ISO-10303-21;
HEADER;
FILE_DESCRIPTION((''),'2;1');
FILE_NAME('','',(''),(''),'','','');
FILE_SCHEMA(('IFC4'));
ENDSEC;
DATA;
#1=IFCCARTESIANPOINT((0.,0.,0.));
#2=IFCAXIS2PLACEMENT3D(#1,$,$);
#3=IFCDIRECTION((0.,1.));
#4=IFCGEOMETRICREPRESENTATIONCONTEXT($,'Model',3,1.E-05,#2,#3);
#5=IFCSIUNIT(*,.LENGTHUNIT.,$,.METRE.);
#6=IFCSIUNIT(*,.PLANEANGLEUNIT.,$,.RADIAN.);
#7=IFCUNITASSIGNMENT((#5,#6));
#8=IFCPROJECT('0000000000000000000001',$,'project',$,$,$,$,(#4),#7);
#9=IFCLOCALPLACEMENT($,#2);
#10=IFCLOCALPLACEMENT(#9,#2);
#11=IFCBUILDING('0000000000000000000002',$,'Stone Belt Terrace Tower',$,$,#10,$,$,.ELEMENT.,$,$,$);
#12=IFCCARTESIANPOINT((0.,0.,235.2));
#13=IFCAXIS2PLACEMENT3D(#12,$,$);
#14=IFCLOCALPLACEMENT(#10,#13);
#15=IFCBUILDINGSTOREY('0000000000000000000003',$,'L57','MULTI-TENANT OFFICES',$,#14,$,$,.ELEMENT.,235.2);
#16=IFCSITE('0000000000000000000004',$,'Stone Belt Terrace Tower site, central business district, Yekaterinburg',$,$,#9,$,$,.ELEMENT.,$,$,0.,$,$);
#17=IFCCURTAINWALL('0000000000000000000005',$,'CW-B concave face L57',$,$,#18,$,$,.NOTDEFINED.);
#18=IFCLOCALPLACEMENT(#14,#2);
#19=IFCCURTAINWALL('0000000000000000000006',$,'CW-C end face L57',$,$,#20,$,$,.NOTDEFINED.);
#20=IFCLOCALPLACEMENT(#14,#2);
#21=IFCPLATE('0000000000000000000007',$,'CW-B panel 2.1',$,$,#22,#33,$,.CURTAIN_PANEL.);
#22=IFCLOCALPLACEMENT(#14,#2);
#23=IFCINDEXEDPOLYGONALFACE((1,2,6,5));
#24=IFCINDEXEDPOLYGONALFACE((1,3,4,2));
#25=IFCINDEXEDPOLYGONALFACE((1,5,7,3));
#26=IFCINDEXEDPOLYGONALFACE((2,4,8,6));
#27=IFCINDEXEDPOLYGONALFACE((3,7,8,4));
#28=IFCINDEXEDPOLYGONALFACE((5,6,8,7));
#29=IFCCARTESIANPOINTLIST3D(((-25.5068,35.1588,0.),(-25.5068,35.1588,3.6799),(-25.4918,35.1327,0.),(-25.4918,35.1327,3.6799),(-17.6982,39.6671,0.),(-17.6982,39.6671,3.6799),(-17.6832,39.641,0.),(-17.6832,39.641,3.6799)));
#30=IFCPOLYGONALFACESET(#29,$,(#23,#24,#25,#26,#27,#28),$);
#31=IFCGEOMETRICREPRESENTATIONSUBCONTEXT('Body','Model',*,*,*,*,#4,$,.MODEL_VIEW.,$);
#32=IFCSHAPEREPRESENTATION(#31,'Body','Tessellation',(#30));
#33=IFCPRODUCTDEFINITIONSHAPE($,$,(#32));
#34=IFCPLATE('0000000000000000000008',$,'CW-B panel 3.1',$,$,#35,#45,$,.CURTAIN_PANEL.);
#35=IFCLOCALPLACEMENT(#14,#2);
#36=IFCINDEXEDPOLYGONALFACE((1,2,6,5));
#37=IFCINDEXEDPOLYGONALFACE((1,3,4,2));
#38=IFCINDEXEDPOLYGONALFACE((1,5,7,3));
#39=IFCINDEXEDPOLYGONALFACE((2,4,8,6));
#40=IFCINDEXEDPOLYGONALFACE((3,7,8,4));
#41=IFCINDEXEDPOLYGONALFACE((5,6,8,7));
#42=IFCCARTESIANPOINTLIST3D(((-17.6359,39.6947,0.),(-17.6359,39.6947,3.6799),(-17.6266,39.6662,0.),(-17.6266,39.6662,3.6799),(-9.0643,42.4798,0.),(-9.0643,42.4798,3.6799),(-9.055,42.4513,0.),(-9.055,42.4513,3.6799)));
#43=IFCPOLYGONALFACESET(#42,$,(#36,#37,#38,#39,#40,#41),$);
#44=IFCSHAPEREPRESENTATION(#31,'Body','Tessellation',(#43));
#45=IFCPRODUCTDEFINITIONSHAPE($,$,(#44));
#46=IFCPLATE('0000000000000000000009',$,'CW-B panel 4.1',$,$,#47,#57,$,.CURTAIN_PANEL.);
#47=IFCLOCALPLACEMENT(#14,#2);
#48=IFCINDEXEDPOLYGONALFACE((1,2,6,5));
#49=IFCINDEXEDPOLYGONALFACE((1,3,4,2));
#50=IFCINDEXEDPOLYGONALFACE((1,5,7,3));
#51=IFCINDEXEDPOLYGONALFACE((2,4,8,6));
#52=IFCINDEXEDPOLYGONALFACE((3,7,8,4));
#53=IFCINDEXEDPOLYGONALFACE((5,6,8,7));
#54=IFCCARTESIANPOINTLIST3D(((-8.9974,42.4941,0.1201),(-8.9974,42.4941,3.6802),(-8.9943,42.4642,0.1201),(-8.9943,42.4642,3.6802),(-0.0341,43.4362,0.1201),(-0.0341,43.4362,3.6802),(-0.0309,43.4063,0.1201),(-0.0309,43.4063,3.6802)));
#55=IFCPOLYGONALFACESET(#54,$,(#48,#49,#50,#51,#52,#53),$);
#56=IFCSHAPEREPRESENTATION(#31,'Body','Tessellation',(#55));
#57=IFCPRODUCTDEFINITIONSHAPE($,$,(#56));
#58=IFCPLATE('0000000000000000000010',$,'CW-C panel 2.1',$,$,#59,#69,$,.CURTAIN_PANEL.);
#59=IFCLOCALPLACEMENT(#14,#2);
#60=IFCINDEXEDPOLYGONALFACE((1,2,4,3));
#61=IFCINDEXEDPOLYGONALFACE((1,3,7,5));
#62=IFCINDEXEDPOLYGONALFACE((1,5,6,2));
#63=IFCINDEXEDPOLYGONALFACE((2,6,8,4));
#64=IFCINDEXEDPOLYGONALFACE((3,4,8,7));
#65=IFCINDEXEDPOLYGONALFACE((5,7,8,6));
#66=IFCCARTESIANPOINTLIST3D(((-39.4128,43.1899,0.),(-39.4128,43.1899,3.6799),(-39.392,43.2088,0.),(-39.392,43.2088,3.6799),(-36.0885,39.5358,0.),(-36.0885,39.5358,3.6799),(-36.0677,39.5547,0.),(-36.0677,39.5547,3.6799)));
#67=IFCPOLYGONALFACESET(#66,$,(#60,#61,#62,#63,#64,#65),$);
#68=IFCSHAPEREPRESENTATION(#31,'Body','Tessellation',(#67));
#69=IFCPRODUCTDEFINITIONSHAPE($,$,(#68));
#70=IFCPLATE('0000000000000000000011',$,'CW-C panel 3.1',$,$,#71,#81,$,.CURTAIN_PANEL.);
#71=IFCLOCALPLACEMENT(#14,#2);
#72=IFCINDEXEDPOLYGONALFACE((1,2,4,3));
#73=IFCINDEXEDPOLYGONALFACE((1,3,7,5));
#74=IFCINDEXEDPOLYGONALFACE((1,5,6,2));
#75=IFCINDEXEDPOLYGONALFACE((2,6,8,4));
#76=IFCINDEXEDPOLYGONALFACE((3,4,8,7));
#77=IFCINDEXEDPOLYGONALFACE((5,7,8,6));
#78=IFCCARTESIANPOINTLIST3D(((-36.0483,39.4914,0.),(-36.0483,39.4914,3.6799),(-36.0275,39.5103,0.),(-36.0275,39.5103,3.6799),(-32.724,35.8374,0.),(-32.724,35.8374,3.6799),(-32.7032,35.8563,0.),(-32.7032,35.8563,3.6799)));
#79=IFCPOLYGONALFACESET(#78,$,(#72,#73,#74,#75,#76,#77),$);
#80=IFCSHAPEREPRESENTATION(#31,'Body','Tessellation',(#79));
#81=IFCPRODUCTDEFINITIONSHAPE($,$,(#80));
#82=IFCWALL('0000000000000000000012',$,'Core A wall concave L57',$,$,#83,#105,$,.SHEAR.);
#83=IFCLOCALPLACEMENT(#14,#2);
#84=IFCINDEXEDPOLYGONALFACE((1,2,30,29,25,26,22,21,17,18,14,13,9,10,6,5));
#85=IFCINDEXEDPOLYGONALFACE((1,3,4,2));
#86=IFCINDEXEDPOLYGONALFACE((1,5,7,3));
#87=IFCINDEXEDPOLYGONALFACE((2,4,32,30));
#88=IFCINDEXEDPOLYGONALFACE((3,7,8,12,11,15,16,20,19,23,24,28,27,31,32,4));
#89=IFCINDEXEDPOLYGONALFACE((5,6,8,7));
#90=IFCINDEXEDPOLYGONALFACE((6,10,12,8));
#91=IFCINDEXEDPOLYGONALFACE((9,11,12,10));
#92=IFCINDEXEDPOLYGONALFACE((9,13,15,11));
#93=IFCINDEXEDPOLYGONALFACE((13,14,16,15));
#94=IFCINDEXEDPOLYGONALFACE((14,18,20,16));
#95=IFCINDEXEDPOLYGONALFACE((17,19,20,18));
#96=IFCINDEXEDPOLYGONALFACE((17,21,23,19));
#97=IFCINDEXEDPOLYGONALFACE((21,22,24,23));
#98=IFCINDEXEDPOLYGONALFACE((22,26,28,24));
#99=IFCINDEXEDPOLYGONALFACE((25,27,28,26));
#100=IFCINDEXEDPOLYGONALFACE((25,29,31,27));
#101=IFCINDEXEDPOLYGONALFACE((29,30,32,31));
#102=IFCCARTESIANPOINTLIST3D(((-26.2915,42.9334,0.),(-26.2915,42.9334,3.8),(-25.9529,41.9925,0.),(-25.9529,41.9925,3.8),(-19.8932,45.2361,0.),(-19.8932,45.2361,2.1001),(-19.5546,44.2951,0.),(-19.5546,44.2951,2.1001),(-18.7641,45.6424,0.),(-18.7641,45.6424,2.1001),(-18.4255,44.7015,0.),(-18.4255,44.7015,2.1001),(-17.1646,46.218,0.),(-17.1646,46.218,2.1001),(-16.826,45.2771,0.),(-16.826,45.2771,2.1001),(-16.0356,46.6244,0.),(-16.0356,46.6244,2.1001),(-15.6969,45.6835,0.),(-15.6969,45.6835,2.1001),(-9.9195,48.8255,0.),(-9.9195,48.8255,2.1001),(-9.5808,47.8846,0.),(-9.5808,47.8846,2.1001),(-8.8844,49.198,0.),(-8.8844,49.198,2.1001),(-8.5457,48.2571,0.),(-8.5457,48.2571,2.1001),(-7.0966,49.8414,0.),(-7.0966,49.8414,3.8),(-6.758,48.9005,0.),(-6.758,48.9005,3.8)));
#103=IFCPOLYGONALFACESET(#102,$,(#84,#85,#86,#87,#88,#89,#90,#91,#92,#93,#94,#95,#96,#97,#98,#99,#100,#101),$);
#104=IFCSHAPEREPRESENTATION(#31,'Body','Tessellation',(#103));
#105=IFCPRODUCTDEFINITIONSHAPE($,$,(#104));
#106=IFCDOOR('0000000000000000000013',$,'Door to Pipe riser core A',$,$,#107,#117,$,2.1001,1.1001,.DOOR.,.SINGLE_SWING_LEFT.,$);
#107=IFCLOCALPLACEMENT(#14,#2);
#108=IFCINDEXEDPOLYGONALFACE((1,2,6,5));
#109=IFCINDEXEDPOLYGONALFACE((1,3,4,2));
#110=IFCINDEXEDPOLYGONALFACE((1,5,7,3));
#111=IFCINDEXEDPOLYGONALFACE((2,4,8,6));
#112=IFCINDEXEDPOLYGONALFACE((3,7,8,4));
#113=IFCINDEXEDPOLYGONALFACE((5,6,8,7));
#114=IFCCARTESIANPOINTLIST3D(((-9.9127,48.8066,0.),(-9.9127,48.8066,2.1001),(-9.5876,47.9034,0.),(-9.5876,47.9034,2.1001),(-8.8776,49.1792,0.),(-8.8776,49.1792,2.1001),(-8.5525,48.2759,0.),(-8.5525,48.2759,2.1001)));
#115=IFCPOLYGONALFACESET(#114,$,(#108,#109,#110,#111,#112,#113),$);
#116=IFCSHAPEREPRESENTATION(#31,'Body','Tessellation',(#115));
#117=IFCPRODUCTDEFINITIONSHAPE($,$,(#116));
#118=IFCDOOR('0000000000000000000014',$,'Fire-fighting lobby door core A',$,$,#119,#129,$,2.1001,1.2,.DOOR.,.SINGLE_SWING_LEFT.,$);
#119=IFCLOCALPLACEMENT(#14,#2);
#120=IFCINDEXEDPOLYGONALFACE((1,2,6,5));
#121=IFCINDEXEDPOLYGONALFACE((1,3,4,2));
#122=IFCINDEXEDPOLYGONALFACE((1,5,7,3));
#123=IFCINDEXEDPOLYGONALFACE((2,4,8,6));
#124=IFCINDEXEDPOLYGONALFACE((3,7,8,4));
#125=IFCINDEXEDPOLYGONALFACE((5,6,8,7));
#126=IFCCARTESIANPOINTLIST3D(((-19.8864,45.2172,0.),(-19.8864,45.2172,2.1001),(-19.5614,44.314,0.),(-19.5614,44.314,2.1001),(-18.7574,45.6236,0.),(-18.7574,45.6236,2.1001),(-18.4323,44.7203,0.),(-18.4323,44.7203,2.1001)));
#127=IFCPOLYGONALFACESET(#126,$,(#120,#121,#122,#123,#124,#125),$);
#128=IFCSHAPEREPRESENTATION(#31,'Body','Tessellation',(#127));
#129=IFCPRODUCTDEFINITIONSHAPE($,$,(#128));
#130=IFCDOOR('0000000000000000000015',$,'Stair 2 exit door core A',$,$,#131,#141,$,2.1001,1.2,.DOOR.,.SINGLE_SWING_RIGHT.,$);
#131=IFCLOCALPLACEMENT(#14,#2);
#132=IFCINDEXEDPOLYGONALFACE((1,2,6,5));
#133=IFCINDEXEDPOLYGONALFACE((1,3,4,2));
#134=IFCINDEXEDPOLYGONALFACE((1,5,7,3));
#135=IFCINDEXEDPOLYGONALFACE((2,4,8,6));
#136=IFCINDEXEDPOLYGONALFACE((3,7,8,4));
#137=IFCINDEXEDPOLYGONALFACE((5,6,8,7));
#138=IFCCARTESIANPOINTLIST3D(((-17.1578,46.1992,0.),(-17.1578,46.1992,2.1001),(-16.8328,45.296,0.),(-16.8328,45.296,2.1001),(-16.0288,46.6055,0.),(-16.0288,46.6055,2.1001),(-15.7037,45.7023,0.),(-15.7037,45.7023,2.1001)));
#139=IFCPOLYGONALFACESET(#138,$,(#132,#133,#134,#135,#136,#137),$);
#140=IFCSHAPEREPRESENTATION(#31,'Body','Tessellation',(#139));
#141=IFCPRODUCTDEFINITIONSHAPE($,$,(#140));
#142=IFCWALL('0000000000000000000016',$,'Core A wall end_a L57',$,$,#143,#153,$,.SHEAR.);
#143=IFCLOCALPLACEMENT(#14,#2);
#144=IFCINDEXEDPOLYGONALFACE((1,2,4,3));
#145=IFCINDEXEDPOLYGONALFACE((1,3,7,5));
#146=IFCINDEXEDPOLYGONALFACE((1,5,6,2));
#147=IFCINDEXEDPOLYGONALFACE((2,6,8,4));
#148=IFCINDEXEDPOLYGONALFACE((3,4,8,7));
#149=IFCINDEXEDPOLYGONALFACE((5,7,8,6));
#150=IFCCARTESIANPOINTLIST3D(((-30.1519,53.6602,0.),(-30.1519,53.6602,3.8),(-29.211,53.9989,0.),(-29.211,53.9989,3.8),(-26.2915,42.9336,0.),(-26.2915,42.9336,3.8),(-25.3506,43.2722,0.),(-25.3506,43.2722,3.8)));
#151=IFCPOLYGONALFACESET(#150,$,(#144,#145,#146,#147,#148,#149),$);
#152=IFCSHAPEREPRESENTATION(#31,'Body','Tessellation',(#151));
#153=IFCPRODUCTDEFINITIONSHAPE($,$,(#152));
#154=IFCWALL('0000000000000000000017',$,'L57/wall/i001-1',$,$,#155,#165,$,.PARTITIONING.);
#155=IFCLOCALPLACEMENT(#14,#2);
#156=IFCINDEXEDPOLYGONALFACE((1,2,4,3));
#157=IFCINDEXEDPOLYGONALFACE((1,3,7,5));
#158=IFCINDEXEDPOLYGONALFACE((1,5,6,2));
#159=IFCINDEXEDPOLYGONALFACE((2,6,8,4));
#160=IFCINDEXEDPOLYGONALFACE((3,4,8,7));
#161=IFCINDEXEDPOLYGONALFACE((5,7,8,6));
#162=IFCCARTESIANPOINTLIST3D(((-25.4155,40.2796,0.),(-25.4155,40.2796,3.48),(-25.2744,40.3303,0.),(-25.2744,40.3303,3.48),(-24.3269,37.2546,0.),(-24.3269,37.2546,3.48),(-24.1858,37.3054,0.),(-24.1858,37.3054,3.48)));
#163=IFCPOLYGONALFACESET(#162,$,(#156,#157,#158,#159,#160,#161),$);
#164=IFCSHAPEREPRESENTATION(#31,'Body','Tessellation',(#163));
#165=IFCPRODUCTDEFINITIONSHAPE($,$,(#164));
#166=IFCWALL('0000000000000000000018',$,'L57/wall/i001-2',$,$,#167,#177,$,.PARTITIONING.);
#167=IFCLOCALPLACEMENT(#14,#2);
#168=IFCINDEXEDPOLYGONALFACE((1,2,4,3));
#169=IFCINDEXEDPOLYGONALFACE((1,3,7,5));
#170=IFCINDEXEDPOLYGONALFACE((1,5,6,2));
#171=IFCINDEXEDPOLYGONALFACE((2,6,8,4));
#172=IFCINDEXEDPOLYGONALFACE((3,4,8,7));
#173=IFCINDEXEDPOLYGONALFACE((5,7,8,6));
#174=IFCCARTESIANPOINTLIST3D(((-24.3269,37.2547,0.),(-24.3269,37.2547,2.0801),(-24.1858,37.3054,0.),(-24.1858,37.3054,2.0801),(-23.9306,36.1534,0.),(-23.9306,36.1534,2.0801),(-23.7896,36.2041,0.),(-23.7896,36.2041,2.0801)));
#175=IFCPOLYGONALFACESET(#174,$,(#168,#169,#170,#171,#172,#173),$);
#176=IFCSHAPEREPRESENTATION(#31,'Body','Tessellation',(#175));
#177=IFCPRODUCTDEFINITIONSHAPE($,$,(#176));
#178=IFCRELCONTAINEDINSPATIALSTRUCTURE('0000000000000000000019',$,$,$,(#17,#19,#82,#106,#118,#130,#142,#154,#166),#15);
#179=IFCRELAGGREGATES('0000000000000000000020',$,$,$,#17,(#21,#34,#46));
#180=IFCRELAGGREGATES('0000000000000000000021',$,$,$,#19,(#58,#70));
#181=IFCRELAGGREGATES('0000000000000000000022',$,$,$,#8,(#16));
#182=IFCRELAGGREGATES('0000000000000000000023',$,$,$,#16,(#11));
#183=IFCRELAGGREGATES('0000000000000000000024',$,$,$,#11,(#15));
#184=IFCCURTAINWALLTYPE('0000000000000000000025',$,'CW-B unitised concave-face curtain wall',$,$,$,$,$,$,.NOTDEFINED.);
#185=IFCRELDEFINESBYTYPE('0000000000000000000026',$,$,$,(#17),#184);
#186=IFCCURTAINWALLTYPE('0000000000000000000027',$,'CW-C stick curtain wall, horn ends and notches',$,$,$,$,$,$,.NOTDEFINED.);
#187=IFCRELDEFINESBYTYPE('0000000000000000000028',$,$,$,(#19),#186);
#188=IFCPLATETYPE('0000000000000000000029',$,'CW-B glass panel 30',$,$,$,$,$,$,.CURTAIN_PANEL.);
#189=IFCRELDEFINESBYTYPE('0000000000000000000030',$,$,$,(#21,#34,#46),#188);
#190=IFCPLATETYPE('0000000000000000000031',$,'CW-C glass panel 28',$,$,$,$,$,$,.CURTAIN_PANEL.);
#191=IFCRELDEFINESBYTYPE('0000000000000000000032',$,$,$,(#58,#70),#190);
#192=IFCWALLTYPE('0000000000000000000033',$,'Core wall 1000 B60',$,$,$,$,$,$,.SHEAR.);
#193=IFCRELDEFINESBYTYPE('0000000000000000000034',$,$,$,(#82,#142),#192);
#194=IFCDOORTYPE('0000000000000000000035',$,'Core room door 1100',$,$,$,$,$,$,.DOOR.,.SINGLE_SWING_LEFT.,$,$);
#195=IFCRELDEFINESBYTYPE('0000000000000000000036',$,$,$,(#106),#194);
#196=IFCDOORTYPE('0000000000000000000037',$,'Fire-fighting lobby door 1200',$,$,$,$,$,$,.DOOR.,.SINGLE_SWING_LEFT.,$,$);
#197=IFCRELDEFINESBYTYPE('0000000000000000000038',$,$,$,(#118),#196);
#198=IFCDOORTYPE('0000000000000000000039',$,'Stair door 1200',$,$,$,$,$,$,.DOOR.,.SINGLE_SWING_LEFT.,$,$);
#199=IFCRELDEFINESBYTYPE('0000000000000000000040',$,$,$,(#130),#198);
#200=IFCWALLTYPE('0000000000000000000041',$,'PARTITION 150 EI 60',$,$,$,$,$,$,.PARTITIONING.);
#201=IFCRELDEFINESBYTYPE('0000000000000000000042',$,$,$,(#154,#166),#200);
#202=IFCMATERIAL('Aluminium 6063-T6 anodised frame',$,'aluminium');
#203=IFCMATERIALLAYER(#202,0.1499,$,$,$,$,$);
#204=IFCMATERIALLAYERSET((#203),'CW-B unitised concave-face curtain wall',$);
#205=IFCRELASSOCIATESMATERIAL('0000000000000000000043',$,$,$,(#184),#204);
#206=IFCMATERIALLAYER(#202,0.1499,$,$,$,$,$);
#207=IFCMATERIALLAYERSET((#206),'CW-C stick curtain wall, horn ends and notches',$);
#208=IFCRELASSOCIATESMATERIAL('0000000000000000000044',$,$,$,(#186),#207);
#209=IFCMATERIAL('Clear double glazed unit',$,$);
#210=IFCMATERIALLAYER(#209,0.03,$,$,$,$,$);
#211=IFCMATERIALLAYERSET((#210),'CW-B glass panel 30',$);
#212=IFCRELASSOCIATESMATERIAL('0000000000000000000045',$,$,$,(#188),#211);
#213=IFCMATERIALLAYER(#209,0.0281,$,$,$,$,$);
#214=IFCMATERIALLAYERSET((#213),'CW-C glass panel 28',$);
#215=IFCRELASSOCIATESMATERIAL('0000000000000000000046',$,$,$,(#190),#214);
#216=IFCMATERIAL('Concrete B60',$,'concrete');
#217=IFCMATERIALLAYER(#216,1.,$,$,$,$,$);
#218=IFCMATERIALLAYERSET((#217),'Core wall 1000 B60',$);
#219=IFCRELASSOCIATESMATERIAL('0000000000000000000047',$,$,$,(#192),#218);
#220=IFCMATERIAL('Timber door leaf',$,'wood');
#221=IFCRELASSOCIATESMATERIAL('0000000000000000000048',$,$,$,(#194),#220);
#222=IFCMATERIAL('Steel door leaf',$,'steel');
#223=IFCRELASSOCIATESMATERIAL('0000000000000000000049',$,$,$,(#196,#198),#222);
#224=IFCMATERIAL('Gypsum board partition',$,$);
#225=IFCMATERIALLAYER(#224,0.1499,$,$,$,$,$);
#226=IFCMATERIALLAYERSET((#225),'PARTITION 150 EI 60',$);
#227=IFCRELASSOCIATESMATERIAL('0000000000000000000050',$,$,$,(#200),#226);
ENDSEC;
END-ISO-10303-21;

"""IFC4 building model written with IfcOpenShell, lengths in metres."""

from ifc_helpers import new_model, si_unit, direction, frame, frame_2d, origin, origin_2d, place, context, subcontext, project, spatial, rectangle, extrude, material, layer, layer_set, type_object, element, fill, aggregate, save


model = new_model("IFC4")

# Units and contexts
model_context = context("Model", 3, precision=1e-05, world=origin(), true_north=direction((0.0, 1.0)))
body_context = subcontext(model_context, "Body", "Model", "MODEL_VIEW")
ifc_project = project(units=[si_unit("LENGTHUNIT", "METRE"), si_unit("PLANEANGLEUNIT", "RADIAN")], contexts=[model_context])

# Site, building, storey
site_placement = place(None, origin())
site = spatial("IfcSite", under=ifc_project, at=site_placement, Name="Stone Belt Terrace Tower site, central business district, Yekaterinburg", CompositionType="ELEMENT", RefElevation=0.0)
building_placement = place(site_placement, origin())
building = spatial("IfcBuilding", under=site, at=building_placement, Name="Stone Belt Terrace Tower", CompositionType="ELEMENT")
storey_placement = place(building_placement, frame((0.0, 0.0, 235.2)))
storey = spatial("IfcBuildingStorey", under=building, at=storey_placement, Name="L57", Description="MULTI-TENANT OFFICES", CompositionType="ELEMENT", Elevation=235.2)

# Shared definitions
ifc_material_1 = material(Name="Concrete B60", Category="concrete")

# Curtain walls
ifc_material_2 = material(Name="Aluminium 6063-T6 anodised frame", Category="aluminium")
ifc_layer_1 = layer(ifc_material_2, 0.1499)
ifc_layer_set_1 = layer_set([ifc_layer_1], Name="CW-B unitised concave-face curtain wall")
curtain_wall_type_1 = type_object("IfcCurtainWallType", Name="CW-B unitised concave-face curtain wall", PredefinedType="NOTDEFINED", material=ifc_layer_set_1)
curtain_wall_1_placement = place(storey_placement, origin())
curtain_wall_1 = element("IfcCurtainWall", 1, at=curtain_wall_1_placement, inside=storey, type_object=curtain_wall_type_1, Name="CW-B concave face L57", PredefinedType="NOTDEFINED")
ifc_layer_2 = layer(ifc_material_2, 0.1499)
ifc_layer_set_2 = layer_set([ifc_layer_2], Name="CW-C stick curtain wall, horn ends and notches")
curtain_wall_type_2 = type_object("IfcCurtainWallType", Name="CW-C stick curtain wall, horn ends and notches", PredefinedType="NOTDEFINED", material=ifc_layer_set_2)
curtain_wall_2_placement = place(storey_placement, origin())
curtain_wall_2 = element("IfcCurtainWall", 2, at=curtain_wall_2_placement, inside=storey, type_object=curtain_wall_type_2, Name="CW-C end face L57", PredefinedType="NOTDEFINED")

# Plates
ifc_material_3 = material(Name="Clear double glazed unit")
ifc_layer_3 = layer(ifc_material_3, 0.03)
ifc_layer_set_3 = layer_set([ifc_layer_3], Name="CW-B glass panel 30")
plate_type_1 = type_object("IfcPlateType", Name="CW-B glass panel 30", PredefinedType="CURTAIN_PANEL", material=ifc_layer_set_3)
plate_1_placement = place(storey_placement, frame((-21.595, 37.3999, 0.0), z_axis=(0.0, 0.0, 1.0), x_axis=(0.866025, 0.5, 0.0)))
plate_1 = element("IfcPlate", 3, at=plate_1_placement, type_object=plate_type_1, Name="CW-B panel 2.1", PredefinedType="CURTAIN_PANEL", context=body_context, shape_type="SweptSolid", body=[
    extrude(rectangle(XDim=9.0166, YDim=0.03, at=origin_2d()), origin(), (0.0, 0.0, 1.0), 3.6799),
])
plate_2_placement = place(storey_placement, frame((-13.3455, 41.073, 0.0), z_axis=(0.0, 0.0, 1.0), x_axis=(0.951057, 0.309017, 0.0)))
plate_2 = element("IfcPlate", 4, at=plate_2_placement, type_object=plate_type_1, Name="CW-B panel 3.1", PredefinedType="CURTAIN_PANEL", context=body_context, shape_type="SweptSolid", body=[
    extrude(rectangle(XDim=9.0127, YDim=0.03, at=origin_2d()), origin(), (0.0, 0.0, 1.0), 3.6799),
])
plate_3_placement = place(storey_placement, frame((-4.5142, 42.9502, 0.1201), z_axis=(0.0, 0.0, 1.0), x_axis=(0.994522, 0.104528, 0.0)))
plate_3 = element("IfcPlate", 5, at=plate_3_placement, type_object=plate_type_1, Name="CW-B panel 4.1", PredefinedType="CURTAIN_PANEL", context=body_context, shape_type="SweptSolid", body=[
    extrude(rectangle(XDim=9.0127, YDim=0.03, at=origin_2d()), origin(), (0.0, 0.0, 1.0), 3.5601),
])
aggregate(curtain_wall_1, [plate_1, plate_2, plate_3])
ifc_layer_4 = layer(ifc_material_3, 0.0281)
ifc_layer_set_4 = layer_set([ifc_layer_4], Name="CW-C glass panel 28")
plate_type_2 = type_object("IfcPlateType", Name="CW-C glass panel 28", PredefinedType="CURTAIN_PANEL", material=ifc_layer_set_4)
plate_4_placement = place(storey_placement, frame((-37.7402, 41.3723, 0.0), z_axis=(0.0, 0.0, 1.0), x_axis=(0.672944, -0.739693, 0.0)))
plate_4 = element("IfcPlate", 6, at=plate_4_placement, type_object=plate_type_2, Name="CW-C panel 2.1", PredefinedType="CURTAIN_PANEL", context=body_context, shape_type="SweptSolid", body=[
    extrude(rectangle(XDim=4.9399, YDim=0.0281, at=origin_2d()), origin(), (0.0, 0.0, 1.0), 3.6799),
])
plate_5_placement = place(storey_placement, frame((-34.3757, 37.6738, 0.0), z_axis=(0.0, 0.0, 1.0), x_axis=(0.672944, -0.739693, 0.0)))
plate_5 = element("IfcPlate", 7, at=plate_5_placement, type_object=plate_type_2, Name="CW-C panel 3.1", PredefinedType="CURTAIN_PANEL", context=body_context, shape_type="SweptSolid", body=[
    extrude(rectangle(XDim=4.9399, YDim=0.0281, at=origin_2d()), origin(), (0.0, 0.0, 1.0), 3.6799),
])
aggregate(curtain_wall_2, [plate_4, plate_5])

# Wall, openings, doors
ifc_layer_5 = layer(ifc_material_1, 1.0)
ifc_layer_set_5 = layer_set([ifc_layer_5], Name="Core wall 1000 B60")
wall_type_1 = type_object("IfcWallType", Name="Core wall 1000 B60", PredefinedType="SHEAR", material=ifc_layer_set_5)
wall_1_placement = place(storey_placement, frame((-26.1223, 42.4629, 0.0), z_axis=(0.0, 0.0, 1.0), x_axis=(0.940921, 0.338625, 0.0)))
wall_1 = element("IfcWall", 8, at=wall_1_placement, inside=storey, type_object=wall_type_1, Name="Core A wall concave L57", PredefinedType="SHEAR", context=body_context, shape_type="SweptSolid", body=[
    extrude(rectangle(XDim=20.4001, YDim=1.0, at=frame_2d((10.2002, 0.0))), origin(), (0.0, 0.0, 1.0), 3.8),
])
opening_1_placement = place(wall_1_placement, frame((6.8, 0.0, 0.0)))
opening_1 = element("IfcOpeningElement", 9, at=opening_1_placement, cuts=wall_1, PredefinedType="OPENING", context=body_context, shape_type="SweptSolid", body=[
    extrude(rectangle(XDim=1.2, YDim=2.1001, at=frame_2d((0.6001, 1.05))), frame((0.0, 0.51, 0.0), z_axis=(0.0, -1.0, 0.0), x_axis=(1.0, 0.0, 0.0)), (0.0, 0.0, 1.0), 1.02),
])
opening_2_placement = place(wall_1_placement, frame((9.7, 0.0, 0.0)))
opening_2 = element("IfcOpeningElement", 10, at=opening_2_placement, cuts=wall_1, PredefinedType="OPENING", context=body_context, shape_type="SweptSolid", body=[
    extrude(rectangle(XDim=1.2, YDim=2.1001, at=frame_2d((0.6001, 1.05))), frame((0.0, 0.51, 0.0), z_axis=(0.0, -1.0, 0.0), x_axis=(1.0, 0.0, 0.0)), (0.0, 0.0, 1.0), 1.02),
])
opening_3_placement = place(wall_1_placement, frame((17.4001, 0.0, 0.0)))
opening_3 = element("IfcOpeningElement", 11, at=opening_3_placement, cuts=wall_1, PredefinedType="OPENING", context=body_context, shape_type="SweptSolid", body=[
    extrude(rectangle(XDim=1.1001, YDim=2.1001, at=frame_2d((0.55, 1.05))), frame((0.0, 0.51, 0.0), z_axis=(0.0, -1.0, 0.0), x_axis=(1.0, 0.0, 0.0)), (0.0, 0.0, 1.0), 1.02),
])
ifc_material_4 = material(Name="Timber door leaf", Category="wood")
door_type_1 = type_object("IfcDoorType", Name="Core room door 1100", OperationType="SINGLE_SWING_LEFT", PredefinedType="DOOR", material=ifc_material_4)
door_1_placement = place(opening_3_placement, origin())
door_1 = element("IfcDoor", 12, at=door_1_placement, inside=storey, type_object=door_type_1, Name="Door to Pipe riser core A", OperationType="SINGLE_SWING_LEFT", OverallHeight=2.1001, OverallWidth=1.1001, PredefinedType="DOOR", context=body_context, shape_type="SweptSolid", body=[
    extrude(rectangle(XDim=1.1001, YDim=2.1001, at=frame_2d((0.55, 1.05))), frame((0.0, 0.48, 0.0), z_axis=(0.0, -1.0, 0.0), x_axis=(1.0, 0.0, 0.0)), (0.0, 0.0, 1.0), 0.96),
])
fill(opening_3, door_1)
ifc_material_5 = material(Name="Steel door leaf", Category="steel")
door_type_2 = type_object("IfcDoorType", Name="Fire-fighting lobby door 1200", OperationType="SINGLE_SWING_LEFT", PredefinedType="DOOR", material=ifc_material_5)
door_2_placement = place(opening_1_placement, origin())
door_2 = element("IfcDoor", 13, at=door_2_placement, inside=storey, type_object=door_type_2, Name="Fire-fighting lobby door core A", OperationType="SINGLE_SWING_LEFT", OverallHeight=2.1001, OverallWidth=1.2, PredefinedType="DOOR", context=body_context, shape_type="SweptSolid", body=[
    extrude(rectangle(XDim=1.2, YDim=2.1001, at=frame_2d((0.6001, 1.05))), frame((0.0, 0.48, 0.0), z_axis=(0.0, -1.0, 0.0), x_axis=(1.0, 0.0, 0.0)), (0.0, 0.0, 1.0), 0.96),
])
fill(opening_1, door_2)
door_type_3 = type_object("IfcDoorType", Name="Stair door 1200", OperationType="SINGLE_SWING_LEFT", PredefinedType="DOOR", material=ifc_material_5)
door_3_placement = place(opening_2_placement, origin())
door_3 = element("IfcDoor", 14, at=door_3_placement, inside=storey, type_object=door_type_3, Name="Stair 2 exit door core A", OperationType="SINGLE_SWING_RIGHT", OverallHeight=2.1001, OverallWidth=1.2, PredefinedType="DOOR", context=body_context, shape_type="SweptSolid", body=[
    extrude(rectangle(XDim=1.2, YDim=2.1001, at=frame_2d((0.6001, 1.05))), frame((0.0, 0.48, 0.0), z_axis=(0.0, -1.0, 0.0), x_axis=(1.0, 0.0, 0.0)), (0.0, 0.0, 1.0), 0.96),
])
fill(opening_2, door_3)

# Walls
wall_2_placement = place(storey_placement, frame((-25.821, 43.1028, 0.0), z_axis=(0.0, 0.0, 1.0), x_axis=(-0.338625, 0.940921, 0.0)))
element("IfcWall", 15, at=wall_2_placement, inside=storey, type_object=wall_type_1, Name="Core A wall end_a L57", PredefinedType="SHEAR", context=body_context, shape_type="SweptSolid", body=[
    extrude(rectangle(XDim=11.4001, YDim=1.0, at=frame_2d((5.7002, 0.0))), origin(), (0.0, 0.0, 1.0), 3.8),
])
ifc_material_6 = material(Name="Gypsum board partition")
ifc_layer_6 = layer(ifc_material_6, 0.1499)
ifc_layer_set_6 = layer_set([ifc_layer_6], Name="PARTITION 150 EI 60")
wall_type_2 = type_object("IfcWallType", Name="PARTITION 150 EI 60", PredefinedType="PARTITIONING", material=ifc_layer_set_6)
wall_3_placement = place(storey_placement, frame((-25.345, 40.3049, 0.0), z_axis=(0.0, 0.0, 1.0), x_axis=(0.338625, -0.940921, 0.0)))
element("IfcWall", 16, at=wall_3_placement, inside=storey, type_object=wall_type_2, Name="L57/wall/i001-1", PredefinedType="PARTITIONING", context=body_context, shape_type="SweptSolid", body=[
    extrude(rectangle(XDim=3.2148, YDim=0.1499, at=frame_2d((1.6074, 0.0))), origin(), (0.0, 0.0, 1.0), 3.48),
])
wall_4_placement = place(storey_placement, frame((-24.2563, 37.28, 0.0), z_axis=(0.0, 0.0, 1.0), x_axis=(0.338542, -0.940951, 0.0)))
element("IfcWall", 17, at=wall_4_placement, inside=storey, type_object=wall_type_2, Name="L57/wall/i001-2", PredefinedType="PARTITIONING", context=body_context, shape_type="SweptSolid", body=[
    extrude(rectangle(XDim=1.1704, YDim=0.1499, at=frame_2d((0.5852, 0.0))), origin(), (0.0, 0.0, 1.0), 2.0801),
])

save(model, "model.ifc")
